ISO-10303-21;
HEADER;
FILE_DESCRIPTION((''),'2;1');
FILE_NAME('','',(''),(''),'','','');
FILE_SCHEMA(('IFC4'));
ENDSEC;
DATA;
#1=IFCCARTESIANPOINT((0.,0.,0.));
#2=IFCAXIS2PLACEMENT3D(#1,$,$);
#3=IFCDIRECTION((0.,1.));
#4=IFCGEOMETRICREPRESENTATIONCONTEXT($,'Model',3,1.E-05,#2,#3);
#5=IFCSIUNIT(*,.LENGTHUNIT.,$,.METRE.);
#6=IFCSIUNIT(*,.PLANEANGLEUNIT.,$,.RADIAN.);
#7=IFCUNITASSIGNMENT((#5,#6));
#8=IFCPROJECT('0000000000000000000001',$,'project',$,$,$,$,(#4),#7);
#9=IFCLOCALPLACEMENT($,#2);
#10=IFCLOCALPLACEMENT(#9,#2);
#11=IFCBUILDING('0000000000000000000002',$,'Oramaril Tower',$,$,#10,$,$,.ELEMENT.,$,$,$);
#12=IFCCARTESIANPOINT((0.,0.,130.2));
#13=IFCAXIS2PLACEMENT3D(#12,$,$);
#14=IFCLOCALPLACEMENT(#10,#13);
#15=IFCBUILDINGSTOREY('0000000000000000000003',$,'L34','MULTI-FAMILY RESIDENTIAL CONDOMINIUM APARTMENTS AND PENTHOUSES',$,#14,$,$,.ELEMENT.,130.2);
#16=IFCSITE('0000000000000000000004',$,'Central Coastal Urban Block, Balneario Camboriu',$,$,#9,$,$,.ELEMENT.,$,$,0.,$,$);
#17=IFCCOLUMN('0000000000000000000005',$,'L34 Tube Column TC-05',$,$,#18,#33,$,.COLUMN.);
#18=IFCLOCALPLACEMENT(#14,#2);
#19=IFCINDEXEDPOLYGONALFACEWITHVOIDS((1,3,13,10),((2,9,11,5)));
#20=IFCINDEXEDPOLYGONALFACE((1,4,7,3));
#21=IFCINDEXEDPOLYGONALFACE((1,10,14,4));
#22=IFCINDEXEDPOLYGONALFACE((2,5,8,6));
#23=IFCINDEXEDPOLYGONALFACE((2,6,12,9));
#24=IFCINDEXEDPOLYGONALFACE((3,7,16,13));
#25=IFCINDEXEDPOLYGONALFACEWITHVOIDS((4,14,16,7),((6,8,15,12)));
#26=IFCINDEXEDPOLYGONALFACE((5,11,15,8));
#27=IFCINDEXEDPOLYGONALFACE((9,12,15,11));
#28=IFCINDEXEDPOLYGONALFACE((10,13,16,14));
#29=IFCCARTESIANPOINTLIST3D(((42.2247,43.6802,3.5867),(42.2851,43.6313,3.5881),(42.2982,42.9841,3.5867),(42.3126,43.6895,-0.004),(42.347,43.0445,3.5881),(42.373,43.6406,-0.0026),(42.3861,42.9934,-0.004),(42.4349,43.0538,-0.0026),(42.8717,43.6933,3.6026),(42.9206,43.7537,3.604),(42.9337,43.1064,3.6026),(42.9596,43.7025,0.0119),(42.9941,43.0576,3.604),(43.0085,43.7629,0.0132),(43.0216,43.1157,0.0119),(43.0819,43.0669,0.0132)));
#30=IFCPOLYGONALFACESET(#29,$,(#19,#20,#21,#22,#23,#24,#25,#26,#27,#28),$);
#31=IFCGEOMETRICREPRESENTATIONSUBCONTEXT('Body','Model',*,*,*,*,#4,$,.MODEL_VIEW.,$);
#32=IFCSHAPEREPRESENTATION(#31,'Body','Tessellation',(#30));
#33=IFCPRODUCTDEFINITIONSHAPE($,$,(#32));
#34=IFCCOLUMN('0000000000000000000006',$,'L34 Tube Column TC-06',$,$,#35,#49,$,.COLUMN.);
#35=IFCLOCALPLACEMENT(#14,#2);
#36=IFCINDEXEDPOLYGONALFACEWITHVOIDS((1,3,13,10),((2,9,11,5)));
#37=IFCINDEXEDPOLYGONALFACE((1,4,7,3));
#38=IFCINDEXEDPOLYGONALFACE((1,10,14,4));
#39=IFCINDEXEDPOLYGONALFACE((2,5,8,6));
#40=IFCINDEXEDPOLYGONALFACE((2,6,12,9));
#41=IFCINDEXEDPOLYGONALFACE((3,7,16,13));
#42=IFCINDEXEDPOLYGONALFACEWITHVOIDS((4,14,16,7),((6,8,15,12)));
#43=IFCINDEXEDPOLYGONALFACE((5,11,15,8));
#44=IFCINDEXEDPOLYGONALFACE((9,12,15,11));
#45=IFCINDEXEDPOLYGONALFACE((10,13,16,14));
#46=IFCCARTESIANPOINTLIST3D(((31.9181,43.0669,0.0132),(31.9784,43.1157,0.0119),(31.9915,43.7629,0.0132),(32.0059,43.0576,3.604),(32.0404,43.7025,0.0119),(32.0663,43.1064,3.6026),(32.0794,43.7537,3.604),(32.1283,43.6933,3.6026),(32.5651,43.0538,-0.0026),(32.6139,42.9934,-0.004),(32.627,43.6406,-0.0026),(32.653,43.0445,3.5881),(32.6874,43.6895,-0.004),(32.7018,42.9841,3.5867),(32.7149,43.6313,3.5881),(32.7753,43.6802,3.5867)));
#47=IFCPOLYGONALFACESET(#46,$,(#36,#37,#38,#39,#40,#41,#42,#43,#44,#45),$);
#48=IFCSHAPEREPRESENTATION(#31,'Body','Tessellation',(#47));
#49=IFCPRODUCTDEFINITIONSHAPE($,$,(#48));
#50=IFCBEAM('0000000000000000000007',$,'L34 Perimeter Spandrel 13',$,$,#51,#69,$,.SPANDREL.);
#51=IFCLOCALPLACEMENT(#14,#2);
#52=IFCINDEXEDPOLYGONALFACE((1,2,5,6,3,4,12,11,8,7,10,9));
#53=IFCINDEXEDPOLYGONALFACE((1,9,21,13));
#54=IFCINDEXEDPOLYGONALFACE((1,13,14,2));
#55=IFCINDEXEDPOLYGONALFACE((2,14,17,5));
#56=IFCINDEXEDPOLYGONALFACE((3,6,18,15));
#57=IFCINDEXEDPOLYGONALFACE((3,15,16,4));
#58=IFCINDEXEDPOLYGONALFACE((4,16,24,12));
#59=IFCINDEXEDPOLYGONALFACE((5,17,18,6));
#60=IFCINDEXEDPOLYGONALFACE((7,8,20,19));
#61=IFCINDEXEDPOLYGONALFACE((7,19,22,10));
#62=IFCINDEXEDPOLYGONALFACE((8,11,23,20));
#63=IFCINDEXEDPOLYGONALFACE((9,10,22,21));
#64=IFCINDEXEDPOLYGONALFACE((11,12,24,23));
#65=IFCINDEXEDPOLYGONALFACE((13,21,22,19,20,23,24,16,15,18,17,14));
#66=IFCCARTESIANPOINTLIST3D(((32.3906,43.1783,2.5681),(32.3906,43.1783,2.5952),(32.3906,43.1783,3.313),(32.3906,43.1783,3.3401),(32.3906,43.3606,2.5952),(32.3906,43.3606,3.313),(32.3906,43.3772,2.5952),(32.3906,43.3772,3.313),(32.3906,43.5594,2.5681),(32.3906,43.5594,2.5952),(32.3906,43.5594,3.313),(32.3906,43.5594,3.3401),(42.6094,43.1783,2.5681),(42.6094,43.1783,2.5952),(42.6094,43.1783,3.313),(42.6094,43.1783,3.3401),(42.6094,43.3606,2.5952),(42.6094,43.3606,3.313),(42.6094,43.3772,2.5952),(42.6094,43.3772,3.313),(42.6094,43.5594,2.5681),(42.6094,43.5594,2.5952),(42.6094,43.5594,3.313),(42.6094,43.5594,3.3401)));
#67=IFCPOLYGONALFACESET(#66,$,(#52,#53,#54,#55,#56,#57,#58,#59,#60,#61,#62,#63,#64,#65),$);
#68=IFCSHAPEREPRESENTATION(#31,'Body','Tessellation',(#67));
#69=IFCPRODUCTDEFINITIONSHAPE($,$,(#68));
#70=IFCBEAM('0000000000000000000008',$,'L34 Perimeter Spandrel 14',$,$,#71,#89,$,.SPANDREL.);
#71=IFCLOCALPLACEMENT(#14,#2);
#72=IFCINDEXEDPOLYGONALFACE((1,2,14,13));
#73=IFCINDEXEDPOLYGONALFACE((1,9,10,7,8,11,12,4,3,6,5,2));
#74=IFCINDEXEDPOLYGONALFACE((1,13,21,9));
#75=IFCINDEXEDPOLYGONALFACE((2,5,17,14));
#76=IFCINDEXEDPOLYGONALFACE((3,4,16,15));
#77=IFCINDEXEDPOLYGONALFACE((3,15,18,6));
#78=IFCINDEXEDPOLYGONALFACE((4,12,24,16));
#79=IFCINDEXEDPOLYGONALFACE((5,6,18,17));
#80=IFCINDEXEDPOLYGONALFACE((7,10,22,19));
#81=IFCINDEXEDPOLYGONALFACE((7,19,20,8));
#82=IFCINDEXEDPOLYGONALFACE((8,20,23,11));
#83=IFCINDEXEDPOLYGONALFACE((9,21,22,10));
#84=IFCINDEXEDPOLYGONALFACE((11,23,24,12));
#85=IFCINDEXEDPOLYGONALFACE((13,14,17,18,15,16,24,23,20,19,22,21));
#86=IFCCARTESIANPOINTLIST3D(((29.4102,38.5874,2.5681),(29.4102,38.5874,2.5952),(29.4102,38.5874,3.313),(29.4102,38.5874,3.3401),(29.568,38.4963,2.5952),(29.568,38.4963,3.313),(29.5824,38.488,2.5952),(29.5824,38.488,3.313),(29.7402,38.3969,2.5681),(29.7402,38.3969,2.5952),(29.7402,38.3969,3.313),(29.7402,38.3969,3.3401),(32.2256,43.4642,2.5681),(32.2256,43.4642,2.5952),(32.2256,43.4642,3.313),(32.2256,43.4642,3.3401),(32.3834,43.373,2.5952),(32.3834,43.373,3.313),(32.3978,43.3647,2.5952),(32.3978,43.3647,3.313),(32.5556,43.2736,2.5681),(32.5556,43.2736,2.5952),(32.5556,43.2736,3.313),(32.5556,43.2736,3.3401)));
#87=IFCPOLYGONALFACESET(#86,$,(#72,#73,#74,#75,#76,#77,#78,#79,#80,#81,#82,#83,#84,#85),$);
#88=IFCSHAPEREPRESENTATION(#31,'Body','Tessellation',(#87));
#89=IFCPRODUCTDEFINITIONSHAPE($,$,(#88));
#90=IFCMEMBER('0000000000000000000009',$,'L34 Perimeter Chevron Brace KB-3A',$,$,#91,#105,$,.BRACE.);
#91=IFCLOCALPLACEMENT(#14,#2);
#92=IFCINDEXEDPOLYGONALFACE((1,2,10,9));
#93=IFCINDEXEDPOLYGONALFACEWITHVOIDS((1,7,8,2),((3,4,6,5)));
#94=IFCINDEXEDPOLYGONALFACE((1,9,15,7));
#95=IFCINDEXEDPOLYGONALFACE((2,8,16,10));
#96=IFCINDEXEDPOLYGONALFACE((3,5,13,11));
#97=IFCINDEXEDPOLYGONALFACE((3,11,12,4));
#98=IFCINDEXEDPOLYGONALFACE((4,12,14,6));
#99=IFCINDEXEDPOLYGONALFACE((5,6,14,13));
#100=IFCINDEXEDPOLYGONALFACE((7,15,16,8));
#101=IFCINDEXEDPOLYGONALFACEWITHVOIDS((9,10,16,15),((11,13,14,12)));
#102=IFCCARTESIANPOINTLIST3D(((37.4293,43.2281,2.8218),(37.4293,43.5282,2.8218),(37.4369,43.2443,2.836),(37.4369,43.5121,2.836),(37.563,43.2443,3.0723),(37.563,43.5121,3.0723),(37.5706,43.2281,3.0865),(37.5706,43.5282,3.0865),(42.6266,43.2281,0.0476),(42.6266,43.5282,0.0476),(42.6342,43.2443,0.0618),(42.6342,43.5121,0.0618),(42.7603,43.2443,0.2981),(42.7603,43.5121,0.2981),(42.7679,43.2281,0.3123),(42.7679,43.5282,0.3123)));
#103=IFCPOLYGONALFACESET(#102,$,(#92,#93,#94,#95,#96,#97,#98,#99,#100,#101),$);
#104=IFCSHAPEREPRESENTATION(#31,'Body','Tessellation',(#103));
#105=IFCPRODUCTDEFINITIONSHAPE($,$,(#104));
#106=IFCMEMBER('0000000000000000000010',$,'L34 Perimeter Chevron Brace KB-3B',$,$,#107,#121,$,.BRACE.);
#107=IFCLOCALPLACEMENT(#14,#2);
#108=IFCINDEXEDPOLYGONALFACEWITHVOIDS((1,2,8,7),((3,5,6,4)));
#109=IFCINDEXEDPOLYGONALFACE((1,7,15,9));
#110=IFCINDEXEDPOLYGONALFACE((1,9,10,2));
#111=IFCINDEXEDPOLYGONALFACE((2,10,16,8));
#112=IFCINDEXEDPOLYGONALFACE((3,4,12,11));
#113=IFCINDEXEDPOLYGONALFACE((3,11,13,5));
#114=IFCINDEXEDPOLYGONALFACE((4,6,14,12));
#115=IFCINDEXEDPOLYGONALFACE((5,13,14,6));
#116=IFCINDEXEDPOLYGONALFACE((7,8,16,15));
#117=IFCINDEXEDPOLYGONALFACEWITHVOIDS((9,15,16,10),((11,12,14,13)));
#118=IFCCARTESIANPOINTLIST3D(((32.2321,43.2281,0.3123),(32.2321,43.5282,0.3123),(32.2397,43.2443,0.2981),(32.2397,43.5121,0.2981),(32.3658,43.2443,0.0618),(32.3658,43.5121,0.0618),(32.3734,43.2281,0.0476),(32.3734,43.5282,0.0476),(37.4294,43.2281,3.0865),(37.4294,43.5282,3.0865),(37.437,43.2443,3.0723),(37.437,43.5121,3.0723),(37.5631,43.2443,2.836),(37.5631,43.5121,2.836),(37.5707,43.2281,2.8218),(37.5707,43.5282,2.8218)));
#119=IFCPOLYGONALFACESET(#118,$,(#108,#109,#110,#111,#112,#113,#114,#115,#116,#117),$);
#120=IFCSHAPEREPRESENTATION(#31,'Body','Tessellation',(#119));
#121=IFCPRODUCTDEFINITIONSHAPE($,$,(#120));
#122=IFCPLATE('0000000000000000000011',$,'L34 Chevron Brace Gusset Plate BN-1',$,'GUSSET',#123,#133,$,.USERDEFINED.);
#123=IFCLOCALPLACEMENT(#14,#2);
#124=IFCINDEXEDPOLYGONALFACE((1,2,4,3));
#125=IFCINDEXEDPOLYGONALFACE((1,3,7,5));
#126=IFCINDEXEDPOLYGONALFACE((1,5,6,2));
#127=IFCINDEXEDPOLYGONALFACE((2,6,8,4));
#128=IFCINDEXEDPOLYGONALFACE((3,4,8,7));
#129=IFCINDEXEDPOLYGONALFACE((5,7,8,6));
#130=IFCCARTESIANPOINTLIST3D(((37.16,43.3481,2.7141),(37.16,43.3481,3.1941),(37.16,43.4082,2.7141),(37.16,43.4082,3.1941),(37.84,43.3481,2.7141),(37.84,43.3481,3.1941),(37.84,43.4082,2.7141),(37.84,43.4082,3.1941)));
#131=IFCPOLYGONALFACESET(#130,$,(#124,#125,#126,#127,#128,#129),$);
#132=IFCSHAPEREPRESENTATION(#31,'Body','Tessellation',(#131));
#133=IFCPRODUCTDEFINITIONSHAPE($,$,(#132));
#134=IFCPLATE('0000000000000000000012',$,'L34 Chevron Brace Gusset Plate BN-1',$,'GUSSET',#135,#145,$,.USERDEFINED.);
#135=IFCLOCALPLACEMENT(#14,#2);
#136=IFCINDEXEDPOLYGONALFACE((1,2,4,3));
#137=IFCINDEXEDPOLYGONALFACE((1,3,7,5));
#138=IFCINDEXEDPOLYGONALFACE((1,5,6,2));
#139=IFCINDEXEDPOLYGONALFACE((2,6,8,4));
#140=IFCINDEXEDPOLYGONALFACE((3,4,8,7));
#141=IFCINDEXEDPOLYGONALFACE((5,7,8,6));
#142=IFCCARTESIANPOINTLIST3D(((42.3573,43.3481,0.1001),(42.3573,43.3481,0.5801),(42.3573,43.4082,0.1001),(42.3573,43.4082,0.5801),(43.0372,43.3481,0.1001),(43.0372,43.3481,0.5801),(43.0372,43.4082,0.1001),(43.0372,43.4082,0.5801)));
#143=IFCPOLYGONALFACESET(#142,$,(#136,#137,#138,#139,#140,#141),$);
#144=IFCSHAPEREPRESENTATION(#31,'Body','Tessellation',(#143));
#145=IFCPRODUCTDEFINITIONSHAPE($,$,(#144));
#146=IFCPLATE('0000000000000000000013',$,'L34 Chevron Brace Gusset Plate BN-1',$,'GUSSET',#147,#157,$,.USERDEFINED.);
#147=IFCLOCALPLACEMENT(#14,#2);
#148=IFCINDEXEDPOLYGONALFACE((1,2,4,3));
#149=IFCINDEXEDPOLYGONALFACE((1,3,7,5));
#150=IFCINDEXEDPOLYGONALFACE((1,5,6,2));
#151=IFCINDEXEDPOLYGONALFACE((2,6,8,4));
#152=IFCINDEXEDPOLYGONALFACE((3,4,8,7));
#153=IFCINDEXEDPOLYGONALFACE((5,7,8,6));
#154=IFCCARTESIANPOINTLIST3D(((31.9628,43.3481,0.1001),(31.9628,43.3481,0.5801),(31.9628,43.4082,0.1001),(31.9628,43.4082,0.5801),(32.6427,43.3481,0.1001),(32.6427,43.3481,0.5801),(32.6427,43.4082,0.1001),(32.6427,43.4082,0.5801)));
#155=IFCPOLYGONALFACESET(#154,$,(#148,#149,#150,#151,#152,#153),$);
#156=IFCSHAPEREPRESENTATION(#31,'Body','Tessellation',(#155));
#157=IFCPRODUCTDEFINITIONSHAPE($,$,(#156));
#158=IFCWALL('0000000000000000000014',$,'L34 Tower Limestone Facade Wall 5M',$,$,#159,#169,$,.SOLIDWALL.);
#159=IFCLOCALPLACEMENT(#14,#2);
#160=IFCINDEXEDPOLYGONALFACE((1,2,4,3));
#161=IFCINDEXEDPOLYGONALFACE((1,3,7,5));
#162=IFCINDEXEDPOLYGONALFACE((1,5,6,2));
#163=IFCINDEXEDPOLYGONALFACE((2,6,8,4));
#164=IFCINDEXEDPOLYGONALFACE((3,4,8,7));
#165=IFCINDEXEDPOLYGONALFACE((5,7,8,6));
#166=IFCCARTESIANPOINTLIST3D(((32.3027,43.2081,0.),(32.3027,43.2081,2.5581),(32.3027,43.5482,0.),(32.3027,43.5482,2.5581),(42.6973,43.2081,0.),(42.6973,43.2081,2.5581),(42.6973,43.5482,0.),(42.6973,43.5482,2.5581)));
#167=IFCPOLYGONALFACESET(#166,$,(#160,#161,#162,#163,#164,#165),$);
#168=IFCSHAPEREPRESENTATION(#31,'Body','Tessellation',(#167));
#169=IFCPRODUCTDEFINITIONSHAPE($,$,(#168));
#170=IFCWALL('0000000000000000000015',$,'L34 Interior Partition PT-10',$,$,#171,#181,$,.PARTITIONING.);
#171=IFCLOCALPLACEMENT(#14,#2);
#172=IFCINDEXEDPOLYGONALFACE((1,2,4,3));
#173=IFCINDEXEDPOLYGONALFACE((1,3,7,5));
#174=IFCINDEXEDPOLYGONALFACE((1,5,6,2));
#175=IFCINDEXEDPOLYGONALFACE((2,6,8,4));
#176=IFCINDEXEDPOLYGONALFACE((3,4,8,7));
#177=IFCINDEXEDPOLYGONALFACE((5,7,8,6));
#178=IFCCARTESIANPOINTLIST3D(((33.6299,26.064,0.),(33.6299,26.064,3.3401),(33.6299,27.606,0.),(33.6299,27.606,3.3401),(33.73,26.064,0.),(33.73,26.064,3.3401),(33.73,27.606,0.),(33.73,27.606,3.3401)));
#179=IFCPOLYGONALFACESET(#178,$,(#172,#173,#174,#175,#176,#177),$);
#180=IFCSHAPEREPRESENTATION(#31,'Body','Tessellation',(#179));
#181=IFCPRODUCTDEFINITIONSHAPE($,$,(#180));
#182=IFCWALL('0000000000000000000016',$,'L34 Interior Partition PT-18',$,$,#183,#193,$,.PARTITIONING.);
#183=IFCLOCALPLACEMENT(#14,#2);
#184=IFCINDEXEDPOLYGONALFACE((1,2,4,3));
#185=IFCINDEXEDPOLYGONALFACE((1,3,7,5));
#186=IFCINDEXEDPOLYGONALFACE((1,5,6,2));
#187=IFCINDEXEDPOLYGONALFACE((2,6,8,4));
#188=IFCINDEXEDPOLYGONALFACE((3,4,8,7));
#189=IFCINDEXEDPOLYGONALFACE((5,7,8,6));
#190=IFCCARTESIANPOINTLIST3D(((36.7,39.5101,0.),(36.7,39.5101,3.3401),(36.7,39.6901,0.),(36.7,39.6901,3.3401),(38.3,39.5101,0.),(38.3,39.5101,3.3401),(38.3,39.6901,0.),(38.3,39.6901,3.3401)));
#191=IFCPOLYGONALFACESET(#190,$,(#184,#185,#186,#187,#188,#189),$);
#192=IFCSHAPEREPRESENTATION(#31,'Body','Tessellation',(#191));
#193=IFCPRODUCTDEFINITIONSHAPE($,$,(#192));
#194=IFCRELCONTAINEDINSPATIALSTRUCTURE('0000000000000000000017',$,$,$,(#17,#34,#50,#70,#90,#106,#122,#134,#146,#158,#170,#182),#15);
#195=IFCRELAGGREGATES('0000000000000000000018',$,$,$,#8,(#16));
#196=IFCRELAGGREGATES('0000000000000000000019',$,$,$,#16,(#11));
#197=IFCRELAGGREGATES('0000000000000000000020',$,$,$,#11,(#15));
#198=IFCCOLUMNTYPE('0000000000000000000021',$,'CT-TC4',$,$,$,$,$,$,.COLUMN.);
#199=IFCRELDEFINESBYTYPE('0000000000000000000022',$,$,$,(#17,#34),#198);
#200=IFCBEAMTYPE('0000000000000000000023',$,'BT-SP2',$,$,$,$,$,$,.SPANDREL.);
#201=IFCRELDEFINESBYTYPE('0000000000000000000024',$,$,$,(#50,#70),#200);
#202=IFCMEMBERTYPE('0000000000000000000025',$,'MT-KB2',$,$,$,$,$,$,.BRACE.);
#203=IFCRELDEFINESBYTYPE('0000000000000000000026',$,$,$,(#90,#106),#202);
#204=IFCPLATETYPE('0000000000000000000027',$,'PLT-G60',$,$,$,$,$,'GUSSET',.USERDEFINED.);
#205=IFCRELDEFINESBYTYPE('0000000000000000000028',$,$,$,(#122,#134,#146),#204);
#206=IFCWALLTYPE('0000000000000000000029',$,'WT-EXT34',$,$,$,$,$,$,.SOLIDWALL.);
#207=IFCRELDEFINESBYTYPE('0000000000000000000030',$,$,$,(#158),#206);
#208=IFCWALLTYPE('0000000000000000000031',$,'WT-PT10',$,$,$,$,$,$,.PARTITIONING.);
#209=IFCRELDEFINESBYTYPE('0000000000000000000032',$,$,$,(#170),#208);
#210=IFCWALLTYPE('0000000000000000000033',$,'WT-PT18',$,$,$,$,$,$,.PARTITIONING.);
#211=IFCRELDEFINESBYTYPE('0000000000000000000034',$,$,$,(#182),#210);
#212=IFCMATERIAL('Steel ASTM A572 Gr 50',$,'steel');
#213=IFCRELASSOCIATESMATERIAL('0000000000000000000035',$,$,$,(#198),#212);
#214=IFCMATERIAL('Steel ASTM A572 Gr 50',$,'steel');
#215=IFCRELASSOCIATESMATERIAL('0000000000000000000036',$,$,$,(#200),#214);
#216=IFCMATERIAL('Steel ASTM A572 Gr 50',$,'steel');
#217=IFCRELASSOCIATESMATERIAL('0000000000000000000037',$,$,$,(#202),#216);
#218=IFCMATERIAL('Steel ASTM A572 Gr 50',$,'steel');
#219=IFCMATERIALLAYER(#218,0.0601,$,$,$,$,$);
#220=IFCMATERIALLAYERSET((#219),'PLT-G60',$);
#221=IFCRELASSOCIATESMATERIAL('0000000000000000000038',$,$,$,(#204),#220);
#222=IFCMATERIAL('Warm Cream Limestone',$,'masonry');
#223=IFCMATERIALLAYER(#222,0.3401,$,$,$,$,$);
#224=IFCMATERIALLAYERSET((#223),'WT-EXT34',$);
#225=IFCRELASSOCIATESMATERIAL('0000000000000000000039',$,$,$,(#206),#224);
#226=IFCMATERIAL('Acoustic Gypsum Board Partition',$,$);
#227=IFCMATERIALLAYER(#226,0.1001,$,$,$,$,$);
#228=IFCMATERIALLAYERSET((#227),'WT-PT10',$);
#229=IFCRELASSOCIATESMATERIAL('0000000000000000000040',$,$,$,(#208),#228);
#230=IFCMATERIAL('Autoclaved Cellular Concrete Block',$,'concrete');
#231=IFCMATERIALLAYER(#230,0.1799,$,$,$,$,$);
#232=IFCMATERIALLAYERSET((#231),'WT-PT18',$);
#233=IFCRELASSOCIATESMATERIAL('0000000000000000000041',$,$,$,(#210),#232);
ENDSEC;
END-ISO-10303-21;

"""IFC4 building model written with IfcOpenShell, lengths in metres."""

from ifc_helpers import new_model, si_unit, direction, frame, frame_2d, origin, origin_2d, place, context, subcontext, project, spatial, rectangle, hollow_rectangle, i_section, extrude, material, layer, layer_set, material_profile, profile_set, type_object, element, save


model = new_model("IFC4")

# Units and contexts
model_context = context("Model", 3, precision=1e-05, world=origin(), true_north=direction((0.0, 1.0)))
body_context = subcontext(model_context, "Body", "Model", "MODEL_VIEW")
ifc_project = project(units=[si_unit("LENGTHUNIT", "METRE"), si_unit("PLANEANGLEUNIT", "RADIAN")], contexts=[model_context])

# Site, building, storey
site_placement = place(None, origin())
site = spatial("IfcSite", under=ifc_project, at=site_placement, Name="Central Coastal Urban Block, Balneario Camboriu", CompositionType="ELEMENT", RefElevation=0.0)
building_placement = place(site_placement, origin())
building = spatial("IfcBuilding", under=site, at=building_placement, Name="Oramaril Tower", CompositionType="ELEMENT")
storey_placement = place(building_placement, frame((0.0, 0.0, 130.2)))
storey = spatial("IfcBuildingStorey", under=building, at=storey_placement, Name="L34", Description="MULTI-FAMILY RESIDENTIAL CONDOMINIUM APARTMENTS AND PENTHOUSES", CompositionType="ELEMENT", Elevation=130.2)

# Columns
ifc_material_1 = material(Name="Steel ASTM A572 Gr 50", Category="steel")
ifc_material_profile_1 = material_profile(ifc_material_1, hollow_rectangle(XDim=0.7, YDim=0.7, WallThickness=0.0549, at=origin_2d()), Name="BOX700X700X55")
ifc_profile_set_1 = profile_set([ifc_material_profile_1], Name="Steel ASTM A572 Gr 50")
column_type = type_object("IfcColumnType", Name="CT-TC4", PredefinedType="COLUMN", material=ifc_profile_set_1)
for number, where, z_axis, x_axis, name in (
    (1, (42.6973, 43.3782, 0.0046), (-0.024469, -0.002583, 0.999697), (0.104972, -0.994475, 0.0), "L34 Tube Column TC-05"),
    (2, (32.3027, 43.3782, 0.0046), (0.024469, -0.002583, 0.999697), (0.104972, 0.994475, 0.0), "L34 Tube Column TC-06"),
):
    element("IfcColumn", number, at=place(storey_placement, frame(where, z_axis=z_axis, x_axis=x_axis)), inside=storey, type_object=column_type, Name=name, PredefinedType="COLUMN", context=body_context, shape_type="SweptSolid", body=[
        extrude(hollow_rectangle(XDim=0.7, YDim=0.7, WallThickness=0.0549, at=origin_2d()), origin(), (0.0, 0.0, 1.0), 3.5918),
    ])

# Beams
ifc_material_2 = material(Name="Steel ASTM A572 Gr 50", Category="steel")
ifc_material_profile_2 = material_profile(ifc_material_2, i_section(OverallWidth=0.3811, OverallDepth=0.772, WebThickness=0.0166, FlangeThickness=0.0271, at=origin_2d()), Name="W30X173")
ifc_profile_set_2 = profile_set([ifc_material_profile_2], Name="Steel ASTM A572 Gr 50")
beam_type = type_object("IfcBeamType", Name="BT-SP2", PredefinedType="SPANDREL", material=ifc_profile_set_2)
beam_1_placement = place(storey_placement, frame((42.6094, 43.3689, 2.9541), z_axis=(-1.0, 0.0, 0.0), x_axis=(0.0, -1.0, 0.0)))
element("IfcBeam", 3, at=beam_1_placement, inside=storey, type_object=beam_type, Name="L34 Perimeter Spandrel 13", PredefinedType="SPANDREL", context=body_context, shape_type="SweptSolid", body=[
    extrude(i_section(OverallWidth=0.3811, OverallDepth=0.772, WebThickness=0.0166, FlangeThickness=0.0271, at=origin_2d()), origin(), (0.0, 0.0, 1.0), 10.2188),
])
beam_2_placement = place(storey_placement, frame((32.3906, 43.3689, 2.9541), z_axis=(-0.499981, -0.866036, 0.0), x_axis=(0.866036, -0.499981, 0.0)))
element("IfcBeam", 4, at=beam_2_placement, inside=storey, type_object=beam_type, Name="L34 Perimeter Spandrel 14", PredefinedType="SPANDREL", context=body_context, shape_type="SweptSolid", body=[
    extrude(i_section(OverallWidth=0.3811, OverallDepth=0.772, WebThickness=0.0166, FlangeThickness=0.0271, at=origin_2d()), origin(), (0.0, 0.0, 1.0), 5.6311),
])

# Members
ifc_material_3 = material(Name="Steel ASTM A572 Gr 50", Category="steel")
ifc_material_profile_3 = material_profile(ifc_material_3, hollow_rectangle(XDim=0.3, YDim=0.3, WallThickness=0.0161, at=origin_2d()), Name="HSS300X300X16")
ifc_profile_set_3 = profile_set([ifc_material_profile_3], Name="Steel ASTM A572 Gr 50")
member_type = type_object("IfcMemberType", Name="MT-KB2", PredefinedType="BRACE", material=ifc_profile_set_3)
for number, where, z_axis, x_axis, name in (
    (5, (42.6973, 43.3782, 0.1799), (-0.882191, 0.0, 0.470891), (0.0, -1.0, 0.0), "L34 Perimeter Chevron Brace KB-3A"),
    (6, (32.3027, 43.3782, 0.1799), (0.882191, 0.0, 0.470891), (0.0, 1.0, 0.0), "L34 Perimeter Chevron Brace KB-3B"),
):
    element("IfcMember", number, at=place(storey_placement, frame(where, z_axis=z_axis, x_axis=x_axis)), inside=storey, type_object=member_type, Name=name, PredefinedType="BRACE", context=body_context, shape_type="SweptSolid", body=[
        extrude(hollow_rectangle(XDim=0.3, YDim=0.3, WallThickness=0.0161, at=origin_2d()), origin(), (0.0, 0.0, 1.0), 5.8914),
    ])

# Plates
ifc_material_4 = material(Name="Steel ASTM A572 Gr 50", Category="steel")
ifc_layer_1 = layer(ifc_material_4, 0.0601)
ifc_layer_set_1 = layer_set([ifc_layer_1], Name="PLT-G60")
plate_type = type_object("IfcPlateType", Name="PLT-G60", ElementType="GUSSET", PredefinedType="USERDEFINED", material=ifc_layer_set_1)
for number, where, z_axis, x_axis, name in (
    (7, (37.5, 43.3782, 2.7141), (0.0, 0.0, 1.0), (-1.0, 0.0, 0.0), "L34 Chevron Brace Gusset Plate BN-1"),
    (8, (42.6973, 43.3782, 0.1001), (0.0, 0.0, 1.0), (-1.0, 0.0, 0.0), "L34 Chevron Brace Gusset Plate BN-1"),
    (9, (32.3027, 43.3782, 0.1001), (0.0, 0.0, 1.0), (-1.0, 0.0, 0.0), "L34 Chevron Brace Gusset Plate BN-1"),
):
    element("IfcPlate", number, at=place(storey_placement, frame(where, z_axis=z_axis, x_axis=x_axis)), inside=storey, type_object=plate_type, Name=name, ObjectType="GUSSET", PredefinedType="USERDEFINED", context=body_context, shape_type="SweptSolid", body=[
        extrude(rectangle(XDim=0.6799, YDim=0.0601, at=origin_2d()), origin(), (0.0, 0.0, 1.0), 0.48),
    ])

# Wall
ifc_material_5 = material(Name="Warm Cream Limestone", Category="masonry")
ifc_layer_2 = layer(ifc_material_5, 0.3401)
ifc_layer_set_2 = layer_set([ifc_layer_2], Name="WT-EXT34")
wall_type_1 = type_object("IfcWallType", Name="WT-EXT34", PredefinedType="SOLIDWALL", material=ifc_layer_set_2)
wall_1_placement = place(storey_placement, frame((42.6973, 43.3782, 0.0), z_axis=(0.0, 0.0, 1.0), x_axis=(-1.0, 0.0, 0.0)))
element("IfcWall", 10, at=wall_1_placement, inside=storey, type_object=wall_type_1, Name="L34 Tower Limestone Facade Wall 5M", PredefinedType="SOLIDWALL", context=body_context, shape_type="SweptSolid", body=[
    extrude(rectangle(XDim=10.3945, YDim=0.3401, at=frame_2d((5.1973, 0.0))), origin(), (0.0, 0.0, 1.0), 2.5581),
])

# Walls
ifc_material_6 = material(Name="Acoustic Gypsum Board Partition")
ifc_layer_3 = layer(ifc_material_6, 0.1001)
ifc_layer_set_3 = layer_set([ifc_layer_3], Name="WT-PT10")
wall_type_2 = type_object("IfcWallType", Name="WT-PT10", PredefinedType="PARTITIONING", material=ifc_layer_set_3)
wall_2_placement = place(storey_placement, frame((33.6799, 26.064, 0.0), z_axis=(0.0, 0.0, 1.0), x_axis=(0.0, 1.0, 0.0)))
element("IfcWall", 11, at=wall_2_placement, inside=storey, type_object=wall_type_2, Name="L34 Interior Partition PT-10", PredefinedType="PARTITIONING", context=body_context, shape_type="SweptSolid", body=[
    extrude(rectangle(XDim=1.542, YDim=0.1001, at=frame_2d((0.771, 0.0))), origin(), (0.0, 0.0, 1.0), 3.3401),
])
ifc_material_7 = material(Name="Autoclaved Cellular Concrete Block", Category="concrete")
ifc_layer_4 = layer(ifc_material_7, 0.1799)
ifc_layer_set_4 = layer_set([ifc_layer_4], Name="WT-PT18")
wall_type_3 = type_object("IfcWallType", Name="WT-PT18", PredefinedType="PARTITIONING", material=ifc_layer_set_4)
wall_3_placement = place(storey_placement, frame((36.7, 39.6001, 0.0), z_axis=(0.0, 0.0, 1.0), x_axis=(1.0, 0.0, 0.0)))
element("IfcWall", 12, at=wall_3_placement, inside=storey, type_object=wall_type_3, Name="L34 Interior Partition PT-18", PredefinedType="PARTITIONING", context=body_context, shape_type="SweptSolid", body=[
    extrude(rectangle(XDim=1.6001, YDim=0.1799, at=frame_2d((0.8, 0.0))), origin(), (0.0, 0.0, 1.0), 3.3401),
])

save(model, "model.ifc")
